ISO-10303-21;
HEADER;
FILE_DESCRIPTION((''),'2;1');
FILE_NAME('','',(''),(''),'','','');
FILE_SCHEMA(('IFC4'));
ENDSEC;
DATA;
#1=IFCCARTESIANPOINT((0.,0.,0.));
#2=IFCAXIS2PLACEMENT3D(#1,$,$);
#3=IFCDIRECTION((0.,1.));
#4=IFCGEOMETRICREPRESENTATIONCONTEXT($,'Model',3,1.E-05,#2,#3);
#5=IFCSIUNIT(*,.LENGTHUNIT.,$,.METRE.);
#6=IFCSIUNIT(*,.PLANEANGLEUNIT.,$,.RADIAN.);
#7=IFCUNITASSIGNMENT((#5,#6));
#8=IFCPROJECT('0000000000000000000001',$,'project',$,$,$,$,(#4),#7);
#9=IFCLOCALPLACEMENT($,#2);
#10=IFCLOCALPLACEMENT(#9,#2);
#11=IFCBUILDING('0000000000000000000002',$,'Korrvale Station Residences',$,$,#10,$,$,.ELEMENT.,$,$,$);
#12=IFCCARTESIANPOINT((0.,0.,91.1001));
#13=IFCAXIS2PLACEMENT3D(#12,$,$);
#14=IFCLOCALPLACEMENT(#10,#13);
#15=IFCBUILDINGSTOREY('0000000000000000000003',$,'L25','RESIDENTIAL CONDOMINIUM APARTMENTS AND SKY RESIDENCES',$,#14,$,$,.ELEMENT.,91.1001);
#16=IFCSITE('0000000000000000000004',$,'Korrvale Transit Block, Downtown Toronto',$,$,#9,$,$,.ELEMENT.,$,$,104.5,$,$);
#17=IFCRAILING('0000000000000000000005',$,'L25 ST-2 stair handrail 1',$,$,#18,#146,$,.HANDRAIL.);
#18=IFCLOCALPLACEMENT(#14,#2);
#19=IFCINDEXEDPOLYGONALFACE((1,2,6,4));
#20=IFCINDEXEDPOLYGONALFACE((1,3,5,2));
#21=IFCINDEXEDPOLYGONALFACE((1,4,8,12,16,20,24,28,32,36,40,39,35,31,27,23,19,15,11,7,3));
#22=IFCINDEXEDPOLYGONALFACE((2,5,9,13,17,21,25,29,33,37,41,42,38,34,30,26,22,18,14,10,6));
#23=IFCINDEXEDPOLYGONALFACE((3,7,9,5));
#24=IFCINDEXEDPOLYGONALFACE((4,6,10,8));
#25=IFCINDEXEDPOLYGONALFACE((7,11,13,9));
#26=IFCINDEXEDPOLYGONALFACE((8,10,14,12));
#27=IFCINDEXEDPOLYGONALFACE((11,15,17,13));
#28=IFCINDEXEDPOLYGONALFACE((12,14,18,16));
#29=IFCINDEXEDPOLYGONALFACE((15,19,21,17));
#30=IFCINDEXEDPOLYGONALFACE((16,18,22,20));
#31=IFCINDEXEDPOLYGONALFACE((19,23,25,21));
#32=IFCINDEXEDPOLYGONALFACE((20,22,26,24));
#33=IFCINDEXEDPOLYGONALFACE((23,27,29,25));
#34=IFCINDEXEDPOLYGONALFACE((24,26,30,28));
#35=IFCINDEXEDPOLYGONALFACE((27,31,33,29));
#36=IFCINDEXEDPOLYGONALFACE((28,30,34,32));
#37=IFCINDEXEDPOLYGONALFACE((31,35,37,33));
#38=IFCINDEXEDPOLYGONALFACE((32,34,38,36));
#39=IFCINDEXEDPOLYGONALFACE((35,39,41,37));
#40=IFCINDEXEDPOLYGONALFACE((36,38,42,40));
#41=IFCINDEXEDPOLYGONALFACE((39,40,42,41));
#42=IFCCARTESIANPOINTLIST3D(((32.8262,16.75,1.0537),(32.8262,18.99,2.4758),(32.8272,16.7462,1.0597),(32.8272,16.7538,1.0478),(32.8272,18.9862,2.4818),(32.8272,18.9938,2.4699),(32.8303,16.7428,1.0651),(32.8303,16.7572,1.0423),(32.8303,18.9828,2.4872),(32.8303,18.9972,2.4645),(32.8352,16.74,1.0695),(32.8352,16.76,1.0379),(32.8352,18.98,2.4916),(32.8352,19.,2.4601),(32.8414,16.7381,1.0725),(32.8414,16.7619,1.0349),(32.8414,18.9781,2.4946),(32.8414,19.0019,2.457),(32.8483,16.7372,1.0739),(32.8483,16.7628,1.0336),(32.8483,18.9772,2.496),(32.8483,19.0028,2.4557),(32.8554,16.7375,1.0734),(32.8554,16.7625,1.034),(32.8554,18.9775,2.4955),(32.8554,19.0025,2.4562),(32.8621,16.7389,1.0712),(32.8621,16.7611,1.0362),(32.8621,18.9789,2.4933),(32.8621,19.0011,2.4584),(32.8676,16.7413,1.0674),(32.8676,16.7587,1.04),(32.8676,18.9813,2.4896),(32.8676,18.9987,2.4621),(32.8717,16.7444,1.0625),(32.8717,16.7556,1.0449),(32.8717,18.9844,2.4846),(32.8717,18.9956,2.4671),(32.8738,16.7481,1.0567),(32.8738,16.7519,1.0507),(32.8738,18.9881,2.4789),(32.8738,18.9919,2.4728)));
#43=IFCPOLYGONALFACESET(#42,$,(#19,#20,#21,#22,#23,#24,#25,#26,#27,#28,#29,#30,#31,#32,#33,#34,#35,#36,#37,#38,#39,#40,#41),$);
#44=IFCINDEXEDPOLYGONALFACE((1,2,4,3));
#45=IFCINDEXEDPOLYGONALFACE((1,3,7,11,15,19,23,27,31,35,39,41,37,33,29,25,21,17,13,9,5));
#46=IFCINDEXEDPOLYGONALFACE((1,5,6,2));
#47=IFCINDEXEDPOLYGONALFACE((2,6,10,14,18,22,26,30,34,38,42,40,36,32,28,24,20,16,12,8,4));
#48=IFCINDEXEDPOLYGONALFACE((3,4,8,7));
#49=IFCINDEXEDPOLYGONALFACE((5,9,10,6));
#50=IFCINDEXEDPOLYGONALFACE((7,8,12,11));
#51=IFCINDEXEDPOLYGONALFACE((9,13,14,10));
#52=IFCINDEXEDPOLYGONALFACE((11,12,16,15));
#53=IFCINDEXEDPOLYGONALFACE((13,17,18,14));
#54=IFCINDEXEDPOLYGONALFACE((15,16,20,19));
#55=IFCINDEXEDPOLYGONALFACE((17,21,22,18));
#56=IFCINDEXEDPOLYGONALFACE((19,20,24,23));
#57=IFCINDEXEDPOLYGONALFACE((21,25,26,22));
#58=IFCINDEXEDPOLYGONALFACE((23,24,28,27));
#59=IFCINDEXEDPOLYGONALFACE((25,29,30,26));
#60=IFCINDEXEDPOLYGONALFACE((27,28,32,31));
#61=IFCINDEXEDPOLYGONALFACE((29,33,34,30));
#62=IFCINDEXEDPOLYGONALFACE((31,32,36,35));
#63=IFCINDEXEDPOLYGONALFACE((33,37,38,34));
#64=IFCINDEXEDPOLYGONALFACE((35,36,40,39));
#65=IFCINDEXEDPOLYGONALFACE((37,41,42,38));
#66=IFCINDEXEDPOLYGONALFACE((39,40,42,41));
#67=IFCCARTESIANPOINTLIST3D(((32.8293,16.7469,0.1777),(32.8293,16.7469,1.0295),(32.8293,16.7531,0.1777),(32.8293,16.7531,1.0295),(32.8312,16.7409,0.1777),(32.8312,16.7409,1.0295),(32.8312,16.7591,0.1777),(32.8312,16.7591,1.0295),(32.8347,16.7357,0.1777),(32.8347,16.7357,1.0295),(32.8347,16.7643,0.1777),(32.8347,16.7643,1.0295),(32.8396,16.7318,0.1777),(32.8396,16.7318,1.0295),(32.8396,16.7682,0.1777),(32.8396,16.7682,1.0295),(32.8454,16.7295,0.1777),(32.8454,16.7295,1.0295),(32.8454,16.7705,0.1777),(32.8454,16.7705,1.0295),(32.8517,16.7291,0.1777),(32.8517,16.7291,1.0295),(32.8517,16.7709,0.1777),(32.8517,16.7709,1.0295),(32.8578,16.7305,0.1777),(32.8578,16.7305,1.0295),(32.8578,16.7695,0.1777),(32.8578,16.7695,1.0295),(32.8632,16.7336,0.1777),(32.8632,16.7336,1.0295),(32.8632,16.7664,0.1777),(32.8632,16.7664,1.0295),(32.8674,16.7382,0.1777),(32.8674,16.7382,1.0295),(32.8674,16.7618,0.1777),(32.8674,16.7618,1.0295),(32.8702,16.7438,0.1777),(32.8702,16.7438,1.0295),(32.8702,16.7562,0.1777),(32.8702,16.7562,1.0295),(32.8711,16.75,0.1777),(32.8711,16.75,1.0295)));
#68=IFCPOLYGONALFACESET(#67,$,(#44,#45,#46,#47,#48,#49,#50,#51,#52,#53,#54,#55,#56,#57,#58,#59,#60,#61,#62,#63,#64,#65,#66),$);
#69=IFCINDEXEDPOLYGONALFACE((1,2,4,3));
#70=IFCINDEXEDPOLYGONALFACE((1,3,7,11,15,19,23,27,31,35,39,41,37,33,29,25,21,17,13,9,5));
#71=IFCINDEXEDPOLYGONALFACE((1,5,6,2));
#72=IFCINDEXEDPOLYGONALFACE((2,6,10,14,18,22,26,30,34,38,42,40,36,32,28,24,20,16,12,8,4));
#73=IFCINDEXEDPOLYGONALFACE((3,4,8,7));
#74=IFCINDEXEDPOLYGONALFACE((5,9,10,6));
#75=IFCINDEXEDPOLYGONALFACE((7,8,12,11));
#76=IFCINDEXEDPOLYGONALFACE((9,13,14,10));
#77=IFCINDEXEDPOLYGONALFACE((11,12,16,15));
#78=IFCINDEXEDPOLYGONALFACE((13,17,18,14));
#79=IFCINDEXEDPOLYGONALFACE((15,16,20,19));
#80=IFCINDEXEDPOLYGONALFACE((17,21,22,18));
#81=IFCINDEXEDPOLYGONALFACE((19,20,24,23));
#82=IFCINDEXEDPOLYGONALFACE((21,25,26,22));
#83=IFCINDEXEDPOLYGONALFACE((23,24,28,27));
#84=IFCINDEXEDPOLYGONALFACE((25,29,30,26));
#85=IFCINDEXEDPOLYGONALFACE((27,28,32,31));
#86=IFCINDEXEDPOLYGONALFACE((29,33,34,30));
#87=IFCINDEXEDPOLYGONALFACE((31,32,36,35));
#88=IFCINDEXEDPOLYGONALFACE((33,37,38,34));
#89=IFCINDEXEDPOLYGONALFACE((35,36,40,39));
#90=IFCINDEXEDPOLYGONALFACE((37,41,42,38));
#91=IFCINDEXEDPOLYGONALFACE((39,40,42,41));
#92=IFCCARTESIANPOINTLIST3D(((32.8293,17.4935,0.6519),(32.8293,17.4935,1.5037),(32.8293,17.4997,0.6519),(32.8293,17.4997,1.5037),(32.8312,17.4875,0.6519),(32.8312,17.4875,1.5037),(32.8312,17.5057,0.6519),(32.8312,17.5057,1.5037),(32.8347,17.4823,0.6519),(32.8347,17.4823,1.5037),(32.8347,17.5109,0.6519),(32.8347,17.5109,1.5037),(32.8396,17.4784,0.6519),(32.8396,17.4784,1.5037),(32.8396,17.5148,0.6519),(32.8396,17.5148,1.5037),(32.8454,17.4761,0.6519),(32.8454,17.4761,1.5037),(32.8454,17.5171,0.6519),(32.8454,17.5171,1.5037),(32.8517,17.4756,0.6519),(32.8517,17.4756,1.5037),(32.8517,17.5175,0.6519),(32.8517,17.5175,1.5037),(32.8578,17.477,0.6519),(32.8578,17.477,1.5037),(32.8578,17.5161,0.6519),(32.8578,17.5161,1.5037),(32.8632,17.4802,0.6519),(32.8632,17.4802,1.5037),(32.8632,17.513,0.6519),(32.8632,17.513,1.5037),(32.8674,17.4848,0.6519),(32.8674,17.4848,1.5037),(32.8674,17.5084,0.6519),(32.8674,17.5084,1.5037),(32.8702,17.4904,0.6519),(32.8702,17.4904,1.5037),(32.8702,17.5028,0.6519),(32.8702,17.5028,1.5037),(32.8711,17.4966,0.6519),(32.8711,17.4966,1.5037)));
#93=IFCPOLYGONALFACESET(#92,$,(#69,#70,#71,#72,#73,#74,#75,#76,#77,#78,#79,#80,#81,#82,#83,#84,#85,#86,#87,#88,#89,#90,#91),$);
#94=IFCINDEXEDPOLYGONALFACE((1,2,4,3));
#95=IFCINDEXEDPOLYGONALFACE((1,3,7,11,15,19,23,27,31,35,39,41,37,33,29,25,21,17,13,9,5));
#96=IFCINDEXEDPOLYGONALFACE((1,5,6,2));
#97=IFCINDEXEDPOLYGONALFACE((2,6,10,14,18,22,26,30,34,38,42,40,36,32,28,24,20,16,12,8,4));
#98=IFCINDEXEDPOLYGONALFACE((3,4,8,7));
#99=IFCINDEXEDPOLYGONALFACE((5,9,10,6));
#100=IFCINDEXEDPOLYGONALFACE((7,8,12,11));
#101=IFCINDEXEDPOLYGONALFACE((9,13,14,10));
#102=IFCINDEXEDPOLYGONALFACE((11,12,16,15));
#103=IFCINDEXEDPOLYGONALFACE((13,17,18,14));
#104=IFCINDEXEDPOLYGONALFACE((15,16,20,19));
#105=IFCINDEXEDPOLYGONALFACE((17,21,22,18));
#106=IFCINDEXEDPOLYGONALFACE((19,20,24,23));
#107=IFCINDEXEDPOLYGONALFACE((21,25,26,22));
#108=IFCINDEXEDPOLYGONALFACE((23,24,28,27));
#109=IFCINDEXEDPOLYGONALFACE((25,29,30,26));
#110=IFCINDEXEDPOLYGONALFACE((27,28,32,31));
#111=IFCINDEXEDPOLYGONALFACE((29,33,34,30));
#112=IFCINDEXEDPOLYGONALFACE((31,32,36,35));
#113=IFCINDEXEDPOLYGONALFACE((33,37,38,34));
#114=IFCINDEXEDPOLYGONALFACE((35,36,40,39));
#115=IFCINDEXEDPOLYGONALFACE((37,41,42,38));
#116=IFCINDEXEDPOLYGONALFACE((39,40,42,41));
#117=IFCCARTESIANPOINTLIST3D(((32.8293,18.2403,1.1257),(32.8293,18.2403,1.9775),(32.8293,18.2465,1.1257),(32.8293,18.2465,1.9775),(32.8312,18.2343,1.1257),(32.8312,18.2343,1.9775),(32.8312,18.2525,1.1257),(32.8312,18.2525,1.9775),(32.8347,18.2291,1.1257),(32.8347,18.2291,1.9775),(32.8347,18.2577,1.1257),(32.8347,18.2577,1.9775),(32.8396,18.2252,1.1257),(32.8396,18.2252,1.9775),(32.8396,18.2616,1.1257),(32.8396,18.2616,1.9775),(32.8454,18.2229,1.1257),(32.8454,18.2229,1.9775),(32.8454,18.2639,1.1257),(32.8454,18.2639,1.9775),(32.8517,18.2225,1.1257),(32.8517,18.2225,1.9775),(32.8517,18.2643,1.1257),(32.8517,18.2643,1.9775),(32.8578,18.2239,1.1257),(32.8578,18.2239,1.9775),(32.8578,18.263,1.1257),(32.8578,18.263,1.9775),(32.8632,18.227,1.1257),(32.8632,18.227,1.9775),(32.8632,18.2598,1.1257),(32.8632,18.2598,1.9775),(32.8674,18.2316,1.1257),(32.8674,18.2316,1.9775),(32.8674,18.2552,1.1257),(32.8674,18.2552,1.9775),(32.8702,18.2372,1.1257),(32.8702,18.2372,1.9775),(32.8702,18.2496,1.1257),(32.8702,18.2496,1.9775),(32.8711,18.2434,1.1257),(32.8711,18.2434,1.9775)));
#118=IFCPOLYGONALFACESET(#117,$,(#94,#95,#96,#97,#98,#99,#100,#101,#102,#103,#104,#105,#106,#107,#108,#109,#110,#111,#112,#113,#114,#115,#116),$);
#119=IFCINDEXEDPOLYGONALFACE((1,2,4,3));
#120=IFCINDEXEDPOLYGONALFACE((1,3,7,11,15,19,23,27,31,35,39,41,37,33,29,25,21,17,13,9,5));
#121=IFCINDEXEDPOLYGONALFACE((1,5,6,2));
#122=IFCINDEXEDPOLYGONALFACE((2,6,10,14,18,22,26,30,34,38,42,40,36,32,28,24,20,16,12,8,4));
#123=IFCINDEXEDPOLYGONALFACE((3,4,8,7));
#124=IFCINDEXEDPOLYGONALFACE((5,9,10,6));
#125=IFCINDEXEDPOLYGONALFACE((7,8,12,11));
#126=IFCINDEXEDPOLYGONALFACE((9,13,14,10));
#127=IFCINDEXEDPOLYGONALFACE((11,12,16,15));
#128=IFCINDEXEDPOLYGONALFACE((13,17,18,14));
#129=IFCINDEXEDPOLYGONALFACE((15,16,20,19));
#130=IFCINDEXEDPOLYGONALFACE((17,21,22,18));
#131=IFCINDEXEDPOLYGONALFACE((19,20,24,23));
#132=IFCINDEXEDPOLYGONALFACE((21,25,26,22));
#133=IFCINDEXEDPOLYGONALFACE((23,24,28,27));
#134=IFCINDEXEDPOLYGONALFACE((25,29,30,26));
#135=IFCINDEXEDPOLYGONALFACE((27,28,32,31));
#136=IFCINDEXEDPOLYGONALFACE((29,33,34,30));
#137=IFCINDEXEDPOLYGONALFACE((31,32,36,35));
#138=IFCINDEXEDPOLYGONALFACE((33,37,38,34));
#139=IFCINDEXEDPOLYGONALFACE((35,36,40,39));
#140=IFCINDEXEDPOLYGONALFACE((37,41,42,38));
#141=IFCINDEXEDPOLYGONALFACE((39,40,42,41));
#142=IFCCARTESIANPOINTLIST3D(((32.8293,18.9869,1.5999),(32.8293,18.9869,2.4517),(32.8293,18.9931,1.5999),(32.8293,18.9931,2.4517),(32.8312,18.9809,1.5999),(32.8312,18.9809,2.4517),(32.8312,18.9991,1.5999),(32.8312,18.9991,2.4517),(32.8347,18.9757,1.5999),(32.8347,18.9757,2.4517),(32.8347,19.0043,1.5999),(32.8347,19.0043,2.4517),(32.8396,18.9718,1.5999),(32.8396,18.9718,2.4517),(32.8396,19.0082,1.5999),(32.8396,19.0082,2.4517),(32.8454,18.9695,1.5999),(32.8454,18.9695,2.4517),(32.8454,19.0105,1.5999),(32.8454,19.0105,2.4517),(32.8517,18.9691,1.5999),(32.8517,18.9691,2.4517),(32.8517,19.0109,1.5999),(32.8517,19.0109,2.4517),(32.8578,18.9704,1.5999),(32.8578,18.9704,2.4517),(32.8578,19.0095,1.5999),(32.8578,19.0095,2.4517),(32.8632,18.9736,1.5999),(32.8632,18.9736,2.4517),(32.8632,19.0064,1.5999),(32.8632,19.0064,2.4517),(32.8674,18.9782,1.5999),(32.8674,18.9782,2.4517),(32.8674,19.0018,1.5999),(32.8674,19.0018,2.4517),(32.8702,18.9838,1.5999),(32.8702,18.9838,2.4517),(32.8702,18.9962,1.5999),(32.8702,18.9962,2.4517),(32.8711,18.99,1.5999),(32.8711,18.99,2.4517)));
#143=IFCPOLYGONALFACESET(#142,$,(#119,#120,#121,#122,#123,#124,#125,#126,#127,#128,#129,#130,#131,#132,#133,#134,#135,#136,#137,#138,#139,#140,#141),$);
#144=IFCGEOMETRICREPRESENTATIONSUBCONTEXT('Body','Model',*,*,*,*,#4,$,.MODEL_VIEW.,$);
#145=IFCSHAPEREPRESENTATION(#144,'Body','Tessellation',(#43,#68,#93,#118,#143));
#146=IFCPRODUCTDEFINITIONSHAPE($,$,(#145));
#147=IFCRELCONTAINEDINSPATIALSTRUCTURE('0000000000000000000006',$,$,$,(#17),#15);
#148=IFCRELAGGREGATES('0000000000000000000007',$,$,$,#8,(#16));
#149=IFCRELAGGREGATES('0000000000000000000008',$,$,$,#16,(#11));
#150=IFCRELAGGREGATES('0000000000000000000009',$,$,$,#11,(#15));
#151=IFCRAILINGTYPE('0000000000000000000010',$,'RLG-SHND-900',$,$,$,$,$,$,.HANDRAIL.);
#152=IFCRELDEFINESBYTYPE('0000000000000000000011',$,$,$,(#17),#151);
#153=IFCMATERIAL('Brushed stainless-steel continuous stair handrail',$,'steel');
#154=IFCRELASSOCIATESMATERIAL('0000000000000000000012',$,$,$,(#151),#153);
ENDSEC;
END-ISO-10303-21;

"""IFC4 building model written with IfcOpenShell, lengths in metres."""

from ifc_helpers import new_model, si_unit, direction, frame, origin, origin_2d, place, context, subcontext, project, spatial, circle, extrude, material, type_object, element, save


model = new_model("IFC4")

# Units and contexts
model_context = context("Model", 3, precision=1e-05, world=origin(), true_north=direction((0.0, 1.0)))
body_context = subcontext(model_context, "Body", "Model", "MODEL_VIEW")
ifc_project = project(units=[si_unit("LENGTHUNIT", "METRE"), si_unit("PLANEANGLEUNIT", "RADIAN")], contexts=[model_context])

# Site, building, storey
site_placement = place(None, origin())
site = spatial("IfcSite", under=ifc_project, at=site_placement, Name="Korrvale Transit Block, Downtown Toronto", CompositionType="ELEMENT", RefElevation=104.5)
building_placement = place(site_placement, origin())
building = spatial("IfcBuilding", under=site, at=building_placement, Name="Korrvale Station Residences", CompositionType="ELEMENT")
storey_placement = place(building_placement, frame((0.0, 0.0, 91.1001)))
storey = spatial("IfcBuildingStorey", under=building, at=storey_placement, Name="L25", Description="RESIDENTIAL CONDOMINIUM APARTMENTS AND SKY RESIDENCES", CompositionType="ELEMENT", Elevation=91.1001)

# Railing
ifc_material_1 = material(Name="Brushed stainless-steel continuous stair handrail", Category="steel")
railing_type_1 = type_object("IfcRailingType", Name="RLG-SHND-900", PredefinedType="HANDRAIL", material=ifc_material_1)
railing_1_placement = place(storey_placement, frame((32.8501, 16.75, 0.1777)))
element("IfcRailing", 1, at=railing_1_placement, inside=storey, type_object=railing_type_1, Name="L25 ST-2 stair handrail 1", PredefinedType="HANDRAIL", context=body_context, shape_type="SweptSolid", body=[
    extrude(circle(Radius=0.0239, at=origin_2d()), frame((0.0, 0.0, 0.876), z_axis=(0.0, 0.844229, 0.535982), x_axis=(-1.0, 0.0, 0.0)), (0.0, 0.0, 1.0), 2.6533),
    extrude(circle(Radius=0.021, at=origin_2d()), origin(), (0.0, 0.0, 1.0), 0.8518),
    extrude(circle(Radius=0.021, at=origin_2d()), frame((0.0, 0.7466, 0.4741)), (0.0, 0.0, 1.0), 0.8518),
    extrude(circle(Radius=0.021, at=origin_2d()), frame((0.0, 1.4934, 0.948)), (0.0, 0.0, 1.0), 0.8518),
    extrude(circle(Radius=0.021, at=origin_2d()), frame((0.0, 2.24, 1.4221)), (0.0, 0.0, 1.0), 0.8518),
])

save(model, "model.ifc")
